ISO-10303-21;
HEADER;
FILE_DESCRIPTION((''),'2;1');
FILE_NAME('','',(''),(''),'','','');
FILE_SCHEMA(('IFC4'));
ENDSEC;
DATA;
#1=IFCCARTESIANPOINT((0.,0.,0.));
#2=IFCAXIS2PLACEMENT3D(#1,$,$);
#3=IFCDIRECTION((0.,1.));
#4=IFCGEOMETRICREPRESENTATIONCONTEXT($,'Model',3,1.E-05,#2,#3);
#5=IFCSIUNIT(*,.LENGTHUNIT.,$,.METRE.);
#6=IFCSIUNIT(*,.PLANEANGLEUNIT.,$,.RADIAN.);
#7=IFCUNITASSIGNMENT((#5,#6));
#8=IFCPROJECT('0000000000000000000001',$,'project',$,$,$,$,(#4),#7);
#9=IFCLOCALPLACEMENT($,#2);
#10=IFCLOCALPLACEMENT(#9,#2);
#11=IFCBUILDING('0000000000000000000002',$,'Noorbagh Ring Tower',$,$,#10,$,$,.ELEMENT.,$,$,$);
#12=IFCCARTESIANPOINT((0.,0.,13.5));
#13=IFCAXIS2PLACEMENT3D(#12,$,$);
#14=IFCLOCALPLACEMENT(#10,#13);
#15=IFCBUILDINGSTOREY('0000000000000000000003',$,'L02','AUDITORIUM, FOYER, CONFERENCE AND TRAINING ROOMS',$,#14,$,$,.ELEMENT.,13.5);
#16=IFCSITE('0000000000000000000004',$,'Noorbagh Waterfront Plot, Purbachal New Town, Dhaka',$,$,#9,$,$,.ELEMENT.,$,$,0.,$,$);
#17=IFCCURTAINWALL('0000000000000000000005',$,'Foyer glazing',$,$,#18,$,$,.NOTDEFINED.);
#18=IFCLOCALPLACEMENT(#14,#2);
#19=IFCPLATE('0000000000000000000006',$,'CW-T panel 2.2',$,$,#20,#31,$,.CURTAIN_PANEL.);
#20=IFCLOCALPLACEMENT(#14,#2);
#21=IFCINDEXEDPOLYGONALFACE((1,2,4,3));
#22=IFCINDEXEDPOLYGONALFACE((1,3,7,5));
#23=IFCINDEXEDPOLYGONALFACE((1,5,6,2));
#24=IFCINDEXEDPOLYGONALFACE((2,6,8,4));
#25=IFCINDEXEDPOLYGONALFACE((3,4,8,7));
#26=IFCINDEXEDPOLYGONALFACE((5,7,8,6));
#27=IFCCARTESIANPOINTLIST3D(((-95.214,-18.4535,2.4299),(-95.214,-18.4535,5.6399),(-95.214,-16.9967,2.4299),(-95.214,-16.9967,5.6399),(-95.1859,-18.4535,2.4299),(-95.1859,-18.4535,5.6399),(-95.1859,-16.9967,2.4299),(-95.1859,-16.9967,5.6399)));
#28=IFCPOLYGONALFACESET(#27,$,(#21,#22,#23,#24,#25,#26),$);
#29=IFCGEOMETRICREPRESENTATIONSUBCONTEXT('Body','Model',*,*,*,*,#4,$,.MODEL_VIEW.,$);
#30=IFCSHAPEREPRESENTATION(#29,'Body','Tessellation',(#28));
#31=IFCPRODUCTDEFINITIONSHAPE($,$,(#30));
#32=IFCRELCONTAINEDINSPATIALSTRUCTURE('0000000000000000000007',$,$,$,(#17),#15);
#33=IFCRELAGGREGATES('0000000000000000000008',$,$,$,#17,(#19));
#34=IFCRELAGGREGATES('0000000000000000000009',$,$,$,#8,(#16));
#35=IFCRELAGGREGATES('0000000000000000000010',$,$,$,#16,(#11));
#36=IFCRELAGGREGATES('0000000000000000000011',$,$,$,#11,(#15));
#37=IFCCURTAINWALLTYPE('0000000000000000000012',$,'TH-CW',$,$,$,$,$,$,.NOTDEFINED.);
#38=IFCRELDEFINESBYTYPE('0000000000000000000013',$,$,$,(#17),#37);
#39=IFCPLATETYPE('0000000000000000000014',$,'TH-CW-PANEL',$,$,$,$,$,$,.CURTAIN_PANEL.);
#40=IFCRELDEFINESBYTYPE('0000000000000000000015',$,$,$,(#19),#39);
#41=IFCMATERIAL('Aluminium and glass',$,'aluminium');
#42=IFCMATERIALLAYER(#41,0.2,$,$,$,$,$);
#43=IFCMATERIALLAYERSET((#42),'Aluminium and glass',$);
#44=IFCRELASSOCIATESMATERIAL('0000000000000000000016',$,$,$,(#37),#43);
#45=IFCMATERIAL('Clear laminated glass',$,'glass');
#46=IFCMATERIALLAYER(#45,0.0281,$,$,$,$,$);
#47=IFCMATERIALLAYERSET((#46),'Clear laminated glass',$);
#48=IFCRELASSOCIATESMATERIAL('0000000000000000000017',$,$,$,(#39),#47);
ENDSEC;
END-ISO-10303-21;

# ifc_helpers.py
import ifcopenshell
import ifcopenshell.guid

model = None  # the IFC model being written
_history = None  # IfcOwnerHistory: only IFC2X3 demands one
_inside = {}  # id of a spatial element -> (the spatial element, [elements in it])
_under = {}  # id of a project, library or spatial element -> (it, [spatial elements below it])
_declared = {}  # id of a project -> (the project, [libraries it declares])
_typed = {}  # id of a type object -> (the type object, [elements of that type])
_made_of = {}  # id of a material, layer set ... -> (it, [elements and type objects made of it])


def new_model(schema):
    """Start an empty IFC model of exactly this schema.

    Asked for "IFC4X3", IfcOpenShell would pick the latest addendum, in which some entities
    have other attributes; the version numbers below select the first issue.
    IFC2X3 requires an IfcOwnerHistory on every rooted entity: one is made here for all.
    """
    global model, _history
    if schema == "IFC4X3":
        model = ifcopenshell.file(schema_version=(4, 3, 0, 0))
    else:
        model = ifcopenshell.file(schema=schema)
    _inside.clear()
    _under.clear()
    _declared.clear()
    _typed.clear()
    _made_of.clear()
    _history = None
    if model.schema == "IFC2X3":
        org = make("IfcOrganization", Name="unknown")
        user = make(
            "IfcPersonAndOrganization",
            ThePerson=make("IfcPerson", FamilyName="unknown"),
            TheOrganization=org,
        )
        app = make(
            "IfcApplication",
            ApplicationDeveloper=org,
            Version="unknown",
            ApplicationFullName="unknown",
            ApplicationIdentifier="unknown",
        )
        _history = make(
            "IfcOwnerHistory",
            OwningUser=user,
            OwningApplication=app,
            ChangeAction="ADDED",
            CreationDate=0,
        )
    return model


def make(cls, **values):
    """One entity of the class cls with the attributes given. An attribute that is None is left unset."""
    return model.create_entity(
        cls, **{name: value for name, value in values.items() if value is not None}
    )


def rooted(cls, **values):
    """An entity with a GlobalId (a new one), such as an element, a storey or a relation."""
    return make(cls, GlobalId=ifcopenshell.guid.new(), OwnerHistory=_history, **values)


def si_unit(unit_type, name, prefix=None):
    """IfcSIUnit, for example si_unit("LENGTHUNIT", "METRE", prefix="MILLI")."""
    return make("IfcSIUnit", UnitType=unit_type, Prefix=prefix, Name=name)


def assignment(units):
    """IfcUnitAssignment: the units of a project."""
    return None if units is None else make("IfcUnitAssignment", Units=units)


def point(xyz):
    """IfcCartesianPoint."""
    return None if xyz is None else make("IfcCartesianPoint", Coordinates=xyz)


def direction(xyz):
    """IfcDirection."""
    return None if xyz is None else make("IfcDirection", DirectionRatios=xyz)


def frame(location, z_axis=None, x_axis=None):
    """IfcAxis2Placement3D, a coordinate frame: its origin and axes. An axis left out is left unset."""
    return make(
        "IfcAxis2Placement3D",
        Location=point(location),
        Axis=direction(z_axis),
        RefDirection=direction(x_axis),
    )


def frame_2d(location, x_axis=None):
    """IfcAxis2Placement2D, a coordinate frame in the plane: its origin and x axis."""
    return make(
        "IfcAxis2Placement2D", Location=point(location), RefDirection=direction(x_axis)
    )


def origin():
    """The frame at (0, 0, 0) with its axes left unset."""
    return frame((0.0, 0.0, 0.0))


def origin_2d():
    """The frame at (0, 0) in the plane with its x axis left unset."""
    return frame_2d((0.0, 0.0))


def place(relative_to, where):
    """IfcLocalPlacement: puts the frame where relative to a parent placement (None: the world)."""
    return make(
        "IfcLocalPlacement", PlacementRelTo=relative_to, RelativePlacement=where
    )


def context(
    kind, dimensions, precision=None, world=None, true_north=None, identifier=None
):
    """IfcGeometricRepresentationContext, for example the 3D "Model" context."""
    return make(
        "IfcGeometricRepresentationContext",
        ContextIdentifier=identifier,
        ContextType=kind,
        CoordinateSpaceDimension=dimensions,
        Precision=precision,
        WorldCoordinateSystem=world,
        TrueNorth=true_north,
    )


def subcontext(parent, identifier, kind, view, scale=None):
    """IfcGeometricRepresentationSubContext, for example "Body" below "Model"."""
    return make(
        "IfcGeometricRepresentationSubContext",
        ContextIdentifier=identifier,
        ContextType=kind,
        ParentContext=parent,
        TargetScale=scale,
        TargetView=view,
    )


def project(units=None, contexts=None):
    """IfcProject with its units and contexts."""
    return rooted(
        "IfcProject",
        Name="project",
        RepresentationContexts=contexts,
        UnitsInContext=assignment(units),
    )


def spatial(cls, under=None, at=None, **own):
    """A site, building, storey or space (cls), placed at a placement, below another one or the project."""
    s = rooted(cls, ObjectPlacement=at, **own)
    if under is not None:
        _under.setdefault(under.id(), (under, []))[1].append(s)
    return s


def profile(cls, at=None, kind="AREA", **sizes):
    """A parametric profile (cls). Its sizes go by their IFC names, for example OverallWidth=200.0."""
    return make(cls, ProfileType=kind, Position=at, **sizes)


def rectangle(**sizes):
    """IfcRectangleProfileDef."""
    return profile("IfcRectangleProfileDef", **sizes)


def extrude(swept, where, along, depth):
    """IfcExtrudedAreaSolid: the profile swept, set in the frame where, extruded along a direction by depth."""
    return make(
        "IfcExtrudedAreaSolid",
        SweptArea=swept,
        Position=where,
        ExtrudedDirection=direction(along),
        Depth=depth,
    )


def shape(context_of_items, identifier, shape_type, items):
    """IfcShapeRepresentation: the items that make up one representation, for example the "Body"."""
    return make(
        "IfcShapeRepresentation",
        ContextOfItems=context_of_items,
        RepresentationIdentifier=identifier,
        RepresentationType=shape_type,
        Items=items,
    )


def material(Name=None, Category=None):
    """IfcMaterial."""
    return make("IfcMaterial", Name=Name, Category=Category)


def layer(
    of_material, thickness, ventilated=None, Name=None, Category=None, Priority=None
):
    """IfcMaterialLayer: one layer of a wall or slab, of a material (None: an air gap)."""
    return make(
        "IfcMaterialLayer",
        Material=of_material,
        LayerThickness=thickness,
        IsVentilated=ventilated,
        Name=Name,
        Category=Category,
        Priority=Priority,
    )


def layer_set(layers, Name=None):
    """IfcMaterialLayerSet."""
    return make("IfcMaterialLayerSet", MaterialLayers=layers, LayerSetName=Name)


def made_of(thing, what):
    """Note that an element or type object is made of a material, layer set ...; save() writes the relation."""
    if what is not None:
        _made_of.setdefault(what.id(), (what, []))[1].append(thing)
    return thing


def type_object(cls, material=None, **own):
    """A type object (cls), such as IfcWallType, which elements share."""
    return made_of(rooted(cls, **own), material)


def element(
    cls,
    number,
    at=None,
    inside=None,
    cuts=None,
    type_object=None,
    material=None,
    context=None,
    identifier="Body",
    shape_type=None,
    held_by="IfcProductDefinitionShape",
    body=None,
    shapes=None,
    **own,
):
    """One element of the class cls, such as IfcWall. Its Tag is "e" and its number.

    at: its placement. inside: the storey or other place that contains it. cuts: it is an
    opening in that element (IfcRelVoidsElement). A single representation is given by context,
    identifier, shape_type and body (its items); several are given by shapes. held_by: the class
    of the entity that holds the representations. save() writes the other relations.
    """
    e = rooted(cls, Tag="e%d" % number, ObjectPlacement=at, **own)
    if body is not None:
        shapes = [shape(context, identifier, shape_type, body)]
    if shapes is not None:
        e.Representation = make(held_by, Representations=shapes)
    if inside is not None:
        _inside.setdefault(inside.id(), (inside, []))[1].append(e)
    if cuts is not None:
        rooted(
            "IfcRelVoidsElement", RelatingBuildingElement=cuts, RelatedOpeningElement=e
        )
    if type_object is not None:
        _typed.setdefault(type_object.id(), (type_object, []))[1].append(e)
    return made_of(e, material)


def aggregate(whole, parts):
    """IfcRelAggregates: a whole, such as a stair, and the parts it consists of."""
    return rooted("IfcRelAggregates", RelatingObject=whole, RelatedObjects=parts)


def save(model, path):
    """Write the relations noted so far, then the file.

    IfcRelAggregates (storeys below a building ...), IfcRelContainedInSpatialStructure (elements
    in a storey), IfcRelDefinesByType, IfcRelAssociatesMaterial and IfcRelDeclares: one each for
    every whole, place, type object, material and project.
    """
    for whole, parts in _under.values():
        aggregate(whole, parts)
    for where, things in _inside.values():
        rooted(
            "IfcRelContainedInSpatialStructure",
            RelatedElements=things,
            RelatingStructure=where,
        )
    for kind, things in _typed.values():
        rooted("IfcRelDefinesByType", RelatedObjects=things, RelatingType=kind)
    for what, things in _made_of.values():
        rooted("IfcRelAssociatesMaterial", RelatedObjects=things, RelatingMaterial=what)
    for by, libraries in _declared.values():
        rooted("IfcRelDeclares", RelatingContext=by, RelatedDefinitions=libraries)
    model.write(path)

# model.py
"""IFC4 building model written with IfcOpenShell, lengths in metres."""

from ifc_helpers import new_model, si_unit, direction, frame, origin, origin_2d, place, context, subcontext, project, spatial, rectangle, extrude, material, layer, layer_set, type_object, element, aggregate, save


model = new_model("IFC4")

# Units and contexts
model_context = context("Model", 3, precision=1e-05, world=origin(), true_north=direction((0.0, 1.0)))
body_context = subcontext(model_context, "Body", "Model", "MODEL_VIEW")
ifc_project = project(units=[si_unit("LENGTHUNIT", "METRE"), si_unit("PLANEANGLEUNIT", "RADIAN")], contexts=[model_context])

# Site, building, storey
site_placement = place(None, origin())
site = spatial("IfcSite", under=ifc_project, at=site_placement, Name="Noorbagh Waterfront Plot, Purbachal New Town, Dhaka", CompositionType="ELEMENT", RefElevation=0.0)
building_placement = place(site_placement, origin())
building = spatial("IfcBuilding", under=site, at=building_placement, Name="Noorbagh Ring Tower", CompositionType="ELEMENT")
storey_placement = place(building_placement, frame((0.0, 0.0, 13.5)))
storey = spatial("IfcBuildingStorey", under=building, at=storey_placement, Name="L02", Description="AUDITORIUM, FOYER, CONFERENCE AND TRAINING ROOMS", CompositionType="ELEMENT", Elevation=13.5)

# Curtain wall, plate
ifc_material_1 = material(Name="Aluminium and glass", Category="aluminium")
ifc_layer_1 = layer(ifc_material_1, 0.2)
ifc_layer_set_1 = layer_set([ifc_layer_1], Name="Aluminium and glass")
curtain_wall_type = type_object("IfcCurtainWallType", Name="TH-CW", PredefinedType="NOTDEFINED", material=ifc_layer_set_1)
curtain_wall_placement = place(storey_placement, origin())
curtain_wall = element("IfcCurtainWall", 1, at=curtain_wall_placement, inside=storey, type_object=curtain_wall_type, Name="Foyer glazing", PredefinedType="NOTDEFINED")
ifc_material_2 = material(Name="Clear laminated glass", Category="glass")
ifc_layer_2 = layer(ifc_material_2, 0.0281)
ifc_layer_set_2 = layer_set([ifc_layer_2], Name="Clear laminated glass")
plate_type = type_object("IfcPlateType", Name="TH-CW-PANEL", PredefinedType="CURTAIN_PANEL", material=ifc_layer_set_2)
plate_1_placement = place(storey_placement, frame((-95.2, -17.7251, 2.4299), z_axis=(0.0, 0.0, 1.0), x_axis=(0.0, 1.0, 0.0)))
plate_1 = element("IfcPlate", 2, at=plate_1_placement, type_object=plate_type, Name="CW-T panel 2.2", PredefinedType="CURTAIN_PANEL", context=body_context, shape_type="SweptSolid", body=[
    extrude(rectangle(XDim=1.4568, YDim=0.0281, at=origin_2d()), origin(), (0.0, 0.0, 1.0), 3.21),
])
aggregate(curtain_wall, [plate_1])

save(model, "model.ifc")
